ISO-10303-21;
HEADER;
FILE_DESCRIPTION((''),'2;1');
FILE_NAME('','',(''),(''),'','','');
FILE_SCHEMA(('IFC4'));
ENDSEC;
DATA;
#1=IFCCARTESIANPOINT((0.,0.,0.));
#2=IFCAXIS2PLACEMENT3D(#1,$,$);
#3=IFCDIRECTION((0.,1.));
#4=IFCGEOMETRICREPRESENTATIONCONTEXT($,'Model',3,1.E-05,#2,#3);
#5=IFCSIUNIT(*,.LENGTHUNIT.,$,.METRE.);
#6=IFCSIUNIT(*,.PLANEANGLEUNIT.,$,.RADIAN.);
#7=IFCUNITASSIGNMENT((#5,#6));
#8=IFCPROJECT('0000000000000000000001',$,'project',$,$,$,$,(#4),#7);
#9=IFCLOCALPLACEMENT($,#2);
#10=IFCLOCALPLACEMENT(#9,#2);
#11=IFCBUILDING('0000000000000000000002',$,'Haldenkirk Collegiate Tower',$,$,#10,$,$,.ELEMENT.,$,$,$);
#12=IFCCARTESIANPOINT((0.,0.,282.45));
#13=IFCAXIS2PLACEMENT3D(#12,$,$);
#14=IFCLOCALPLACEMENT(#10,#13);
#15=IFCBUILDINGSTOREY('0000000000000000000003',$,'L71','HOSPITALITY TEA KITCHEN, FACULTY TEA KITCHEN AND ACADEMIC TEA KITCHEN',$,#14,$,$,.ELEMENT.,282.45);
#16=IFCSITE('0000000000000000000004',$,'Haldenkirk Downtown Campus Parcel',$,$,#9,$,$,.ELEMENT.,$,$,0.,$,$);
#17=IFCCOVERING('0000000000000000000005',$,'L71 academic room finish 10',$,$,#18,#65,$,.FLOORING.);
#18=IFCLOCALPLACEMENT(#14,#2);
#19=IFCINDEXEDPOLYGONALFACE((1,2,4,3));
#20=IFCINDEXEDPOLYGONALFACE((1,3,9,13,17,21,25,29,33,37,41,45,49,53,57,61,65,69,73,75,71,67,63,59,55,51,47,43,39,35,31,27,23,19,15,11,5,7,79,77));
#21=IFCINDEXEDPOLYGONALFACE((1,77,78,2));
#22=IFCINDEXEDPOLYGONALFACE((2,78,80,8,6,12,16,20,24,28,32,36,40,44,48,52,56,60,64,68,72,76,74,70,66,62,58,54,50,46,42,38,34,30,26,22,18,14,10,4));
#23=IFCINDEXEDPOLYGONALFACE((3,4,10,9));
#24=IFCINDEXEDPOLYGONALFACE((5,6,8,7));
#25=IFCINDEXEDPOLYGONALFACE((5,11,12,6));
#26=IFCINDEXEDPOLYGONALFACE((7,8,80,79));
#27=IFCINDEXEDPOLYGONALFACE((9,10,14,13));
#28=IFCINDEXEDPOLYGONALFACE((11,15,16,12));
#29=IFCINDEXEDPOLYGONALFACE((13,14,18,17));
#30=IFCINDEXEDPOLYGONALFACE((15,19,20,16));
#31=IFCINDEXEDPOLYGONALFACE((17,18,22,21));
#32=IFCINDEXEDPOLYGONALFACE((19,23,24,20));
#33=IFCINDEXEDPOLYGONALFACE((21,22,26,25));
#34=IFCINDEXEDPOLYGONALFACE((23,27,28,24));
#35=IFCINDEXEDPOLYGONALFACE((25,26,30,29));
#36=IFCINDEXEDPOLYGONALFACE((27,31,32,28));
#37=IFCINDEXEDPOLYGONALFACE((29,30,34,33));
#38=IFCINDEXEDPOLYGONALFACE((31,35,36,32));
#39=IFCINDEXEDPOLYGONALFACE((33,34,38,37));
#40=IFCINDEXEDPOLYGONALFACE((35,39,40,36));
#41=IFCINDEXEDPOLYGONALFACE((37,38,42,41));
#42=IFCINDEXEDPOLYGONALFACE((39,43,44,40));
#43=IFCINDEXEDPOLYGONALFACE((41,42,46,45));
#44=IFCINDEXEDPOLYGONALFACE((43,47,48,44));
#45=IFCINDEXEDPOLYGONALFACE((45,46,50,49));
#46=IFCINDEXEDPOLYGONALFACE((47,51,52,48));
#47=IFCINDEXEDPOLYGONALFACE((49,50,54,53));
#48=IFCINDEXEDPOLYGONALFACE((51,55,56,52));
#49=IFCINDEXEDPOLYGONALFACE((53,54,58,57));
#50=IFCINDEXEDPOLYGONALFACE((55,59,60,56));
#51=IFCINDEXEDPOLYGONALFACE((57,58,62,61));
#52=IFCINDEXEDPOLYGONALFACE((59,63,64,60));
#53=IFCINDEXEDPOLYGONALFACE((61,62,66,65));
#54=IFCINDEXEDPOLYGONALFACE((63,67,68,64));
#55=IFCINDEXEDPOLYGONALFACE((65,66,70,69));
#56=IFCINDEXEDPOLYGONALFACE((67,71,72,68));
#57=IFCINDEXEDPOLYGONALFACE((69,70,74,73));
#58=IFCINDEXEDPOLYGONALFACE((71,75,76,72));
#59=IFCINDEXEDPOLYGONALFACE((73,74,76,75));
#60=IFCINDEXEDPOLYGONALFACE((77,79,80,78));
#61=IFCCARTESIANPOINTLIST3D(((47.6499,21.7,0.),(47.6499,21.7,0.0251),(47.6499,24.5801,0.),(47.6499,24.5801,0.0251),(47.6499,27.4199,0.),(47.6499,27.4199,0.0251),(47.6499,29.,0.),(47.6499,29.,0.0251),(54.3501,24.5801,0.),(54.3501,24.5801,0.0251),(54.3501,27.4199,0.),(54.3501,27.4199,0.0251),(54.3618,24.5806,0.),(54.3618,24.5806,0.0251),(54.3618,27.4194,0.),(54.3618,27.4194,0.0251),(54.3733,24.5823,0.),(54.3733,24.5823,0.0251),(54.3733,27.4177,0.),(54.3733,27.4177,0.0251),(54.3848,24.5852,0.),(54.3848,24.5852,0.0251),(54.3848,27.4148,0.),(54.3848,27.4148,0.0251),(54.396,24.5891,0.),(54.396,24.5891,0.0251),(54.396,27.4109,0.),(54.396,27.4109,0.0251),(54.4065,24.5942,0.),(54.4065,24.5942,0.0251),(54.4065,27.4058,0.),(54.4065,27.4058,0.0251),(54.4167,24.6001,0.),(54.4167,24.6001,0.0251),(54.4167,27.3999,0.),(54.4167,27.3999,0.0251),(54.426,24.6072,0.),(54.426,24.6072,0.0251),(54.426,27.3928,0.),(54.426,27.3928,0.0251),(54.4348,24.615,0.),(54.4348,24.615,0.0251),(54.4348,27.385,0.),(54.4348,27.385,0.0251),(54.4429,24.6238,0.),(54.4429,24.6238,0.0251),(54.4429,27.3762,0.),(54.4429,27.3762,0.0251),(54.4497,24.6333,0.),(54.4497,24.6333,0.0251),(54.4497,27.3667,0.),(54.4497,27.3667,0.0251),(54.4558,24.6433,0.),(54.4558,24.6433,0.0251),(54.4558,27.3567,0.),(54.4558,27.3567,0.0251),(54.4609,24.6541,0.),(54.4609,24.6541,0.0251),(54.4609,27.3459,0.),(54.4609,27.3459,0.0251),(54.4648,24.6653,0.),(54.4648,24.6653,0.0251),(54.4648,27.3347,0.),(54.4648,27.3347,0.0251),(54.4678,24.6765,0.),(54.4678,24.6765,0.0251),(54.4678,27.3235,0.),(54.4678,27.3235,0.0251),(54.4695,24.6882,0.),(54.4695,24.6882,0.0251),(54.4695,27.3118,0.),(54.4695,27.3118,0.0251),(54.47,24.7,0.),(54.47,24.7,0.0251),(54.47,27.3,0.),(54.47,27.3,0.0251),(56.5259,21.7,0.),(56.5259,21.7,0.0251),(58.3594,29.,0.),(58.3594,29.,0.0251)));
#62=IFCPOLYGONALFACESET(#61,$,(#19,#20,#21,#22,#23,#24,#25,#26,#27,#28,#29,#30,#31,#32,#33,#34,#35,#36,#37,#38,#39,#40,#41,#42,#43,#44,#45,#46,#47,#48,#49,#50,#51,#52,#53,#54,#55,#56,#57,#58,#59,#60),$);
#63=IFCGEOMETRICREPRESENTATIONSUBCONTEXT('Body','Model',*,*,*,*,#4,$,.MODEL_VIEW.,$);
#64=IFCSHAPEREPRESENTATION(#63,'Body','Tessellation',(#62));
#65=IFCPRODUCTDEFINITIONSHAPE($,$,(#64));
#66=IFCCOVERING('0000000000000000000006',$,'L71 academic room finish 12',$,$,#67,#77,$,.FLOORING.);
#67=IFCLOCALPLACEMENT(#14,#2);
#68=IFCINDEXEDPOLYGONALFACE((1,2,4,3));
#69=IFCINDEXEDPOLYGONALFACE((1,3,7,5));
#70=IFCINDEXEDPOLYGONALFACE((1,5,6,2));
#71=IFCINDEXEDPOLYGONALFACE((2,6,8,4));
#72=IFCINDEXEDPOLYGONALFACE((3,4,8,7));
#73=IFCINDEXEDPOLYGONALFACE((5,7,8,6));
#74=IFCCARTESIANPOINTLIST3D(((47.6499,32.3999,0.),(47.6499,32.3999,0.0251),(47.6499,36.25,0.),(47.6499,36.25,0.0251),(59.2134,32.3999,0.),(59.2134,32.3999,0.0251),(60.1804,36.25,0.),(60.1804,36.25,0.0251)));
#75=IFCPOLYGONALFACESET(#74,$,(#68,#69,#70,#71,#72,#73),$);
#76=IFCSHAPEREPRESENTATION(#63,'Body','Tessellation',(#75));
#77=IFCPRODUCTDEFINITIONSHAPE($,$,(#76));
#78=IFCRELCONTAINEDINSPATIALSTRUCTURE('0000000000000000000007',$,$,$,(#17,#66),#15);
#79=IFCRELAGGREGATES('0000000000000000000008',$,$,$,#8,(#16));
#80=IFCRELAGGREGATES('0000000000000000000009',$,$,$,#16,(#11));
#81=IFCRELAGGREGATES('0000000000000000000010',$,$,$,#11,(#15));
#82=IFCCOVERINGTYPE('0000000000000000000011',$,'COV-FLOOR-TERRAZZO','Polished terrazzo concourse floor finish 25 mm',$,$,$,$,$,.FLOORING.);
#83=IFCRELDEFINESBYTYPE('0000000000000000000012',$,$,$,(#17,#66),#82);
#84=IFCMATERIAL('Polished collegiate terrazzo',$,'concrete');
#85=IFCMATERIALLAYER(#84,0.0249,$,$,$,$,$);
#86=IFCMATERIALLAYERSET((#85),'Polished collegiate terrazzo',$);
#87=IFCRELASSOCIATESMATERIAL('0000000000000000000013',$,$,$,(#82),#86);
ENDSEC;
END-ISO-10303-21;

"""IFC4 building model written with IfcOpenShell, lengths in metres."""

from ifc_helpers import new_model, si_unit, direction, frame, origin, place, context, subcontext, project, spatial, polyline, outline, extrude, material, layer, layer_set, type_object, element, save


model = new_model("IFC4")

# Units and contexts
model_context = context("Model", 3, precision=1e-05, world=origin(), true_north=direction((0.0, 1.0)))
body_context = subcontext(model_context, "Body", "Model", "MODEL_VIEW")
ifc_project = project(units=[si_unit("LENGTHUNIT", "METRE"), si_unit("PLANEANGLEUNIT", "RADIAN")], contexts=[model_context])

# Site, building, storey
site_placement = place(None, origin())
site = spatial("IfcSite", under=ifc_project, at=site_placement, Name="Haldenkirk Downtown Campus Parcel", CompositionType="ELEMENT", RefElevation=0.0)
building_placement = place(site_placement, origin())
building = spatial("IfcBuilding", under=site, at=building_placement, Name="Haldenkirk Collegiate Tower", CompositionType="ELEMENT")
storey_placement = place(building_placement, frame((0.0, 0.0, 282.45)))
storey = spatial("IfcBuildingStorey", under=building, at=storey_placement, Name="L71", Description="HOSPITALITY TEA KITCHEN, FACULTY TEA KITCHEN AND ACADEMIC TEA KITCHEN", CompositionType="ELEMENT", Elevation=282.45)

# Coverings
ifc_material_1 = material(Name="Polished collegiate terrazzo", Category="concrete")
ifc_layer_1 = layer(ifc_material_1, 0.0249)
ifc_layer_set_1 = layer_set([ifc_layer_1], Name="Polished collegiate terrazzo")
covering_type_1 = type_object("IfcCoveringType", Name="COV-FLOOR-TERRAZZO", Description="Polished terrazzo concourse floor finish 25 mm", PredefinedType="FLOORING", material=ifc_layer_set_1)
covering_1_placement = place(storey_placement, origin())
element("IfcCovering", 1, at=covering_1_placement, inside=storey, type_object=covering_type_1, Name="L71 academic room finish 10", PredefinedType="FLOORING", context=body_context, shape_type="SweptSolid", body=[
    extrude(outline(polyline([(54.3501, 24.5801), (54.3618, 24.5806), (54.3733, 24.5823), (54.3848, 24.5852), (54.396, 24.5891), (54.4065, 24.5942), (54.4167, 24.6001), (54.426, 24.6072), (54.4348, 24.615), (54.4429, 24.6238), (54.4497, 24.6333), (54.4558, 24.6433), (54.4609, 24.6541), (54.4648, 24.6653), (54.4678, 24.6765), (54.4695, 24.6882), (54.47, 24.7), (54.47, 27.3), (54.4695, 27.3118), (54.4678, 27.3235), (54.4648, 27.3347), (54.4609, 27.3459), (54.4558, 27.3567), (54.4497, 27.3667), (54.4429, 27.3762), (54.4348, 27.385), (54.426, 27.3928), (54.4167, 27.3999), (54.4065, 27.4058), (54.396, 27.4109), (54.3848, 27.4148), (54.3733, 27.4177), (54.3618, 27.4194), (54.3501, 27.4199), (47.6499, 27.4199), (47.6499, 29.0), (58.3594, 29.0), (56.5259, 21.7), (47.6499, 21.7), (47.6499, 24.5801), (54.3501, 24.5801)])), origin(), (0.0, 0.0, 1.0), 0.0251),
])
covering_2_placement = place(storey_placement, origin())
element("IfcCovering", 2, at=covering_2_placement, inside=storey, type_object=covering_type_1, Name="L71 academic room finish 12", PredefinedType="FLOORING", context=body_context, shape_type="SweptSolid", body=[
    extrude(outline(polyline([(59.2134, 32.3999), (47.6499, 32.3999), (47.6499, 36.25), (60.1804, 36.25), (59.2134, 32.3999)])), origin(), (0.0, 0.0, 1.0), 0.0251),
])

save(model, "model.ifc")
